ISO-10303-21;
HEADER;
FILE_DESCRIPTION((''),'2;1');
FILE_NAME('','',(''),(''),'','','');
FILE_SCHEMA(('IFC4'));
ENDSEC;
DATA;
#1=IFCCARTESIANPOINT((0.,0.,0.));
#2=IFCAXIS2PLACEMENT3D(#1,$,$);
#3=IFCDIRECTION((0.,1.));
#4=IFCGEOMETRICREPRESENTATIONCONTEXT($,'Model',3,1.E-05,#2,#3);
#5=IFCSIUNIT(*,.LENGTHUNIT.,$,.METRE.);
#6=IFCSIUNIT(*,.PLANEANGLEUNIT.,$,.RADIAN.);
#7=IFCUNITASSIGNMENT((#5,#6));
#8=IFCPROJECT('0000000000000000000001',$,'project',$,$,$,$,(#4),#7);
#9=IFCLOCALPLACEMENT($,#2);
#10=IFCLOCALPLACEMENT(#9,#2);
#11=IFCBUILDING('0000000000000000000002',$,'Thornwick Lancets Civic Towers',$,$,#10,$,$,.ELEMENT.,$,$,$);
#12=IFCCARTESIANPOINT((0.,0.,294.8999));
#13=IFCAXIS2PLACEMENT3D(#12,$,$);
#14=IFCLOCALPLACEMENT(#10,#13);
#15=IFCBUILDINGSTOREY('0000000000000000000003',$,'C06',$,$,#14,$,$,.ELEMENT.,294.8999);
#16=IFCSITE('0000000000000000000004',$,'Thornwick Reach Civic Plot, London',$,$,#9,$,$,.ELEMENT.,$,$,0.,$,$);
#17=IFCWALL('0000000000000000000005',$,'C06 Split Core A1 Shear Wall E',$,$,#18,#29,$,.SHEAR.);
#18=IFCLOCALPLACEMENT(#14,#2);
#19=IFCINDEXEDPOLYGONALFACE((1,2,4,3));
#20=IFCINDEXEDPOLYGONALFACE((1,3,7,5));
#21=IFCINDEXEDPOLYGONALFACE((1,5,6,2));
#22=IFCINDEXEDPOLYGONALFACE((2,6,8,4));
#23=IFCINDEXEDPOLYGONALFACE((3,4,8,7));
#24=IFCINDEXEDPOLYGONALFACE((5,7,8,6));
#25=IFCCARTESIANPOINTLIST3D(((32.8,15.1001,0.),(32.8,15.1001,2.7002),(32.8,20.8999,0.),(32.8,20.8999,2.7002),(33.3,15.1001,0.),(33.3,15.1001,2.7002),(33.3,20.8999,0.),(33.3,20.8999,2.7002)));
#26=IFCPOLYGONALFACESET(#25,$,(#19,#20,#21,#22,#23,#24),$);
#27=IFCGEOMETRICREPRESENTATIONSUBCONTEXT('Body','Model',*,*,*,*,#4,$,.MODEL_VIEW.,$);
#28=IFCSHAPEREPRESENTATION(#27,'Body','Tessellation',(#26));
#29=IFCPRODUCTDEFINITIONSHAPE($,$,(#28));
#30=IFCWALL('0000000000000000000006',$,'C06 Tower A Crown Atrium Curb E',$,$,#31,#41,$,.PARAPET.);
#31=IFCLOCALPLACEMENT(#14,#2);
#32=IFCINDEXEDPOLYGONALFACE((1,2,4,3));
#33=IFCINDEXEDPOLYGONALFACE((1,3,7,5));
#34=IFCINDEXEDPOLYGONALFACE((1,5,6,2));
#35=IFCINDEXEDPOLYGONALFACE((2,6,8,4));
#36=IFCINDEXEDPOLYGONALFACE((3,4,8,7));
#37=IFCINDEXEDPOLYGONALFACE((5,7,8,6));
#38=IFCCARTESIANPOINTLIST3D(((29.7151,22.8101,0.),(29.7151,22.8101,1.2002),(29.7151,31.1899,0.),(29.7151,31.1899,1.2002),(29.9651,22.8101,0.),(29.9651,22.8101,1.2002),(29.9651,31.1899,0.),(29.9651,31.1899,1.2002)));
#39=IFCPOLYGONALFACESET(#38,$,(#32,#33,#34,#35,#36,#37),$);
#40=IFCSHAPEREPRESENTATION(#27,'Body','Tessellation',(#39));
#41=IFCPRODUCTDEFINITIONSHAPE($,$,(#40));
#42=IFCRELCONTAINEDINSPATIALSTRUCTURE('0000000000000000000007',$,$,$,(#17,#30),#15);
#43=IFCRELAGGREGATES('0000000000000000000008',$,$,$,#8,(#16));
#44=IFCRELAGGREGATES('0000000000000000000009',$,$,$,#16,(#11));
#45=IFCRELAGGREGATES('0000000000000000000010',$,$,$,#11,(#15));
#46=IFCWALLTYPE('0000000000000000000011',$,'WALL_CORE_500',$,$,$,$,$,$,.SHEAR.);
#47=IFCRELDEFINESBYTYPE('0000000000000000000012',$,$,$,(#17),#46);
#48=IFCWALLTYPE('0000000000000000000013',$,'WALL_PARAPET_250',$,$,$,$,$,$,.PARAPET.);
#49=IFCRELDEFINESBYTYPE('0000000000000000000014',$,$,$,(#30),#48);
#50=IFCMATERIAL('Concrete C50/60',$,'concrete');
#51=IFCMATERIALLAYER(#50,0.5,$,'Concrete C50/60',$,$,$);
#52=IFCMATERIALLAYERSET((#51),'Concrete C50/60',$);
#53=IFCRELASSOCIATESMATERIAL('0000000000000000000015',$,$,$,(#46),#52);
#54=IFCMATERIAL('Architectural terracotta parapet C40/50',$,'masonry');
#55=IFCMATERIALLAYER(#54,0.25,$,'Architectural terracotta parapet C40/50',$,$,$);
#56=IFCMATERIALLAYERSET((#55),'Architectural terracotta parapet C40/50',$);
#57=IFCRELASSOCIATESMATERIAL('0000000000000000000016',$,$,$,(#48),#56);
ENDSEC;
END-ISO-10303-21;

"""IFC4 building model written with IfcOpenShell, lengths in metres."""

from ifc_helpers import new_model, si_unit, direction, frame, frame_2d, origin, place, context, subcontext, project, spatial, rectangle, extrude, material, layer, layer_set, type_object, element, save


model = new_model("IFC4")

# Units and contexts
model_context = context("Model", 3, precision=1e-05, world=origin(), true_north=direction((0.0, 1.0)))
body_context = subcontext(model_context, "Body", "Model", "MODEL_VIEW")
ifc_project = project(units=[si_unit("LENGTHUNIT", "METRE"), si_unit("PLANEANGLEUNIT", "RADIAN")], contexts=[model_context])

# Site, building, storey
site_placement = place(None, origin())
site = spatial("IfcSite", under=ifc_project, at=site_placement, Name="Thornwick Reach Civic Plot, London", CompositionType="ELEMENT", RefElevation=0.0)
building_placement = place(site_placement, origin())
building = spatial("IfcBuilding", under=site, at=building_placement, Name="Thornwick Lancets Civic Towers", CompositionType="ELEMENT")
storey_placement = place(building_placement, frame((0.0, 0.0, 294.8999)))
storey = spatial("IfcBuildingStorey", under=building, at=storey_placement, Name="C06", CompositionType="ELEMENT", Elevation=294.8999)

# Walls
ifc_material_1 = material(Name="Concrete C50/60", Category="concrete")
ifc_layer_1 = layer(ifc_material_1, 0.5, Name="Concrete C50/60")
ifc_layer_set_1 = layer_set([ifc_layer_1], Name="Concrete C50/60")
wall_type_1 = type_object("IfcWallType", Name="WALL_CORE_500", PredefinedType="SHEAR", material=ifc_layer_set_1)
wall_1_placement = place(storey_placement, frame((33.05, 15.1001, 0.0), z_axis=(0.0, 0.0, 1.0), x_axis=(0.0, 1.0, 0.0)))
element("IfcWall", 1, at=wall_1_placement, inside=storey, type_object=wall_type_1, Name="C06 Split Core A1 Shear Wall E", PredefinedType="SHEAR", context=body_context, shape_type="SweptSolid", body=[
    extrude(rectangle(XDim=5.7998, YDim=0.5, at=frame_2d((2.8999, 0.0))), origin(), (0.0, 0.0, 1.0), 2.7002),
])
ifc_material_2 = material(Name="Architectural terracotta parapet C40/50", Category="masonry")
ifc_layer_2 = layer(ifc_material_2, 0.25, Name="Architectural terracotta parapet C40/50")
ifc_layer_set_2 = layer_set([ifc_layer_2], Name="Architectural terracotta parapet C40/50")
wall_type_2 = type_object("IfcWallType", Name="WALL_PARAPET_250", PredefinedType="PARAPET", material=ifc_layer_set_2)
wall_2_placement = place(storey_placement, frame((29.8401, 22.8101, 0.0), z_axis=(0.0, 0.0, 1.0), x_axis=(0.0, 1.0, 0.0)))
element("IfcWall", 2, at=wall_2_placement, inside=storey, type_object=wall_type_2, Name="C06 Tower A Crown Atrium Curb E", PredefinedType="PARAPET", context=body_context, shape_type="SweptSolid", body=[
    extrude(rectangle(XDim=8.3799, YDim=0.25, at=frame_2d((4.1899, 0.0))), origin(), (0.0, 0.0, 1.0), 1.2002),
])

save(model, "model.ifc")
